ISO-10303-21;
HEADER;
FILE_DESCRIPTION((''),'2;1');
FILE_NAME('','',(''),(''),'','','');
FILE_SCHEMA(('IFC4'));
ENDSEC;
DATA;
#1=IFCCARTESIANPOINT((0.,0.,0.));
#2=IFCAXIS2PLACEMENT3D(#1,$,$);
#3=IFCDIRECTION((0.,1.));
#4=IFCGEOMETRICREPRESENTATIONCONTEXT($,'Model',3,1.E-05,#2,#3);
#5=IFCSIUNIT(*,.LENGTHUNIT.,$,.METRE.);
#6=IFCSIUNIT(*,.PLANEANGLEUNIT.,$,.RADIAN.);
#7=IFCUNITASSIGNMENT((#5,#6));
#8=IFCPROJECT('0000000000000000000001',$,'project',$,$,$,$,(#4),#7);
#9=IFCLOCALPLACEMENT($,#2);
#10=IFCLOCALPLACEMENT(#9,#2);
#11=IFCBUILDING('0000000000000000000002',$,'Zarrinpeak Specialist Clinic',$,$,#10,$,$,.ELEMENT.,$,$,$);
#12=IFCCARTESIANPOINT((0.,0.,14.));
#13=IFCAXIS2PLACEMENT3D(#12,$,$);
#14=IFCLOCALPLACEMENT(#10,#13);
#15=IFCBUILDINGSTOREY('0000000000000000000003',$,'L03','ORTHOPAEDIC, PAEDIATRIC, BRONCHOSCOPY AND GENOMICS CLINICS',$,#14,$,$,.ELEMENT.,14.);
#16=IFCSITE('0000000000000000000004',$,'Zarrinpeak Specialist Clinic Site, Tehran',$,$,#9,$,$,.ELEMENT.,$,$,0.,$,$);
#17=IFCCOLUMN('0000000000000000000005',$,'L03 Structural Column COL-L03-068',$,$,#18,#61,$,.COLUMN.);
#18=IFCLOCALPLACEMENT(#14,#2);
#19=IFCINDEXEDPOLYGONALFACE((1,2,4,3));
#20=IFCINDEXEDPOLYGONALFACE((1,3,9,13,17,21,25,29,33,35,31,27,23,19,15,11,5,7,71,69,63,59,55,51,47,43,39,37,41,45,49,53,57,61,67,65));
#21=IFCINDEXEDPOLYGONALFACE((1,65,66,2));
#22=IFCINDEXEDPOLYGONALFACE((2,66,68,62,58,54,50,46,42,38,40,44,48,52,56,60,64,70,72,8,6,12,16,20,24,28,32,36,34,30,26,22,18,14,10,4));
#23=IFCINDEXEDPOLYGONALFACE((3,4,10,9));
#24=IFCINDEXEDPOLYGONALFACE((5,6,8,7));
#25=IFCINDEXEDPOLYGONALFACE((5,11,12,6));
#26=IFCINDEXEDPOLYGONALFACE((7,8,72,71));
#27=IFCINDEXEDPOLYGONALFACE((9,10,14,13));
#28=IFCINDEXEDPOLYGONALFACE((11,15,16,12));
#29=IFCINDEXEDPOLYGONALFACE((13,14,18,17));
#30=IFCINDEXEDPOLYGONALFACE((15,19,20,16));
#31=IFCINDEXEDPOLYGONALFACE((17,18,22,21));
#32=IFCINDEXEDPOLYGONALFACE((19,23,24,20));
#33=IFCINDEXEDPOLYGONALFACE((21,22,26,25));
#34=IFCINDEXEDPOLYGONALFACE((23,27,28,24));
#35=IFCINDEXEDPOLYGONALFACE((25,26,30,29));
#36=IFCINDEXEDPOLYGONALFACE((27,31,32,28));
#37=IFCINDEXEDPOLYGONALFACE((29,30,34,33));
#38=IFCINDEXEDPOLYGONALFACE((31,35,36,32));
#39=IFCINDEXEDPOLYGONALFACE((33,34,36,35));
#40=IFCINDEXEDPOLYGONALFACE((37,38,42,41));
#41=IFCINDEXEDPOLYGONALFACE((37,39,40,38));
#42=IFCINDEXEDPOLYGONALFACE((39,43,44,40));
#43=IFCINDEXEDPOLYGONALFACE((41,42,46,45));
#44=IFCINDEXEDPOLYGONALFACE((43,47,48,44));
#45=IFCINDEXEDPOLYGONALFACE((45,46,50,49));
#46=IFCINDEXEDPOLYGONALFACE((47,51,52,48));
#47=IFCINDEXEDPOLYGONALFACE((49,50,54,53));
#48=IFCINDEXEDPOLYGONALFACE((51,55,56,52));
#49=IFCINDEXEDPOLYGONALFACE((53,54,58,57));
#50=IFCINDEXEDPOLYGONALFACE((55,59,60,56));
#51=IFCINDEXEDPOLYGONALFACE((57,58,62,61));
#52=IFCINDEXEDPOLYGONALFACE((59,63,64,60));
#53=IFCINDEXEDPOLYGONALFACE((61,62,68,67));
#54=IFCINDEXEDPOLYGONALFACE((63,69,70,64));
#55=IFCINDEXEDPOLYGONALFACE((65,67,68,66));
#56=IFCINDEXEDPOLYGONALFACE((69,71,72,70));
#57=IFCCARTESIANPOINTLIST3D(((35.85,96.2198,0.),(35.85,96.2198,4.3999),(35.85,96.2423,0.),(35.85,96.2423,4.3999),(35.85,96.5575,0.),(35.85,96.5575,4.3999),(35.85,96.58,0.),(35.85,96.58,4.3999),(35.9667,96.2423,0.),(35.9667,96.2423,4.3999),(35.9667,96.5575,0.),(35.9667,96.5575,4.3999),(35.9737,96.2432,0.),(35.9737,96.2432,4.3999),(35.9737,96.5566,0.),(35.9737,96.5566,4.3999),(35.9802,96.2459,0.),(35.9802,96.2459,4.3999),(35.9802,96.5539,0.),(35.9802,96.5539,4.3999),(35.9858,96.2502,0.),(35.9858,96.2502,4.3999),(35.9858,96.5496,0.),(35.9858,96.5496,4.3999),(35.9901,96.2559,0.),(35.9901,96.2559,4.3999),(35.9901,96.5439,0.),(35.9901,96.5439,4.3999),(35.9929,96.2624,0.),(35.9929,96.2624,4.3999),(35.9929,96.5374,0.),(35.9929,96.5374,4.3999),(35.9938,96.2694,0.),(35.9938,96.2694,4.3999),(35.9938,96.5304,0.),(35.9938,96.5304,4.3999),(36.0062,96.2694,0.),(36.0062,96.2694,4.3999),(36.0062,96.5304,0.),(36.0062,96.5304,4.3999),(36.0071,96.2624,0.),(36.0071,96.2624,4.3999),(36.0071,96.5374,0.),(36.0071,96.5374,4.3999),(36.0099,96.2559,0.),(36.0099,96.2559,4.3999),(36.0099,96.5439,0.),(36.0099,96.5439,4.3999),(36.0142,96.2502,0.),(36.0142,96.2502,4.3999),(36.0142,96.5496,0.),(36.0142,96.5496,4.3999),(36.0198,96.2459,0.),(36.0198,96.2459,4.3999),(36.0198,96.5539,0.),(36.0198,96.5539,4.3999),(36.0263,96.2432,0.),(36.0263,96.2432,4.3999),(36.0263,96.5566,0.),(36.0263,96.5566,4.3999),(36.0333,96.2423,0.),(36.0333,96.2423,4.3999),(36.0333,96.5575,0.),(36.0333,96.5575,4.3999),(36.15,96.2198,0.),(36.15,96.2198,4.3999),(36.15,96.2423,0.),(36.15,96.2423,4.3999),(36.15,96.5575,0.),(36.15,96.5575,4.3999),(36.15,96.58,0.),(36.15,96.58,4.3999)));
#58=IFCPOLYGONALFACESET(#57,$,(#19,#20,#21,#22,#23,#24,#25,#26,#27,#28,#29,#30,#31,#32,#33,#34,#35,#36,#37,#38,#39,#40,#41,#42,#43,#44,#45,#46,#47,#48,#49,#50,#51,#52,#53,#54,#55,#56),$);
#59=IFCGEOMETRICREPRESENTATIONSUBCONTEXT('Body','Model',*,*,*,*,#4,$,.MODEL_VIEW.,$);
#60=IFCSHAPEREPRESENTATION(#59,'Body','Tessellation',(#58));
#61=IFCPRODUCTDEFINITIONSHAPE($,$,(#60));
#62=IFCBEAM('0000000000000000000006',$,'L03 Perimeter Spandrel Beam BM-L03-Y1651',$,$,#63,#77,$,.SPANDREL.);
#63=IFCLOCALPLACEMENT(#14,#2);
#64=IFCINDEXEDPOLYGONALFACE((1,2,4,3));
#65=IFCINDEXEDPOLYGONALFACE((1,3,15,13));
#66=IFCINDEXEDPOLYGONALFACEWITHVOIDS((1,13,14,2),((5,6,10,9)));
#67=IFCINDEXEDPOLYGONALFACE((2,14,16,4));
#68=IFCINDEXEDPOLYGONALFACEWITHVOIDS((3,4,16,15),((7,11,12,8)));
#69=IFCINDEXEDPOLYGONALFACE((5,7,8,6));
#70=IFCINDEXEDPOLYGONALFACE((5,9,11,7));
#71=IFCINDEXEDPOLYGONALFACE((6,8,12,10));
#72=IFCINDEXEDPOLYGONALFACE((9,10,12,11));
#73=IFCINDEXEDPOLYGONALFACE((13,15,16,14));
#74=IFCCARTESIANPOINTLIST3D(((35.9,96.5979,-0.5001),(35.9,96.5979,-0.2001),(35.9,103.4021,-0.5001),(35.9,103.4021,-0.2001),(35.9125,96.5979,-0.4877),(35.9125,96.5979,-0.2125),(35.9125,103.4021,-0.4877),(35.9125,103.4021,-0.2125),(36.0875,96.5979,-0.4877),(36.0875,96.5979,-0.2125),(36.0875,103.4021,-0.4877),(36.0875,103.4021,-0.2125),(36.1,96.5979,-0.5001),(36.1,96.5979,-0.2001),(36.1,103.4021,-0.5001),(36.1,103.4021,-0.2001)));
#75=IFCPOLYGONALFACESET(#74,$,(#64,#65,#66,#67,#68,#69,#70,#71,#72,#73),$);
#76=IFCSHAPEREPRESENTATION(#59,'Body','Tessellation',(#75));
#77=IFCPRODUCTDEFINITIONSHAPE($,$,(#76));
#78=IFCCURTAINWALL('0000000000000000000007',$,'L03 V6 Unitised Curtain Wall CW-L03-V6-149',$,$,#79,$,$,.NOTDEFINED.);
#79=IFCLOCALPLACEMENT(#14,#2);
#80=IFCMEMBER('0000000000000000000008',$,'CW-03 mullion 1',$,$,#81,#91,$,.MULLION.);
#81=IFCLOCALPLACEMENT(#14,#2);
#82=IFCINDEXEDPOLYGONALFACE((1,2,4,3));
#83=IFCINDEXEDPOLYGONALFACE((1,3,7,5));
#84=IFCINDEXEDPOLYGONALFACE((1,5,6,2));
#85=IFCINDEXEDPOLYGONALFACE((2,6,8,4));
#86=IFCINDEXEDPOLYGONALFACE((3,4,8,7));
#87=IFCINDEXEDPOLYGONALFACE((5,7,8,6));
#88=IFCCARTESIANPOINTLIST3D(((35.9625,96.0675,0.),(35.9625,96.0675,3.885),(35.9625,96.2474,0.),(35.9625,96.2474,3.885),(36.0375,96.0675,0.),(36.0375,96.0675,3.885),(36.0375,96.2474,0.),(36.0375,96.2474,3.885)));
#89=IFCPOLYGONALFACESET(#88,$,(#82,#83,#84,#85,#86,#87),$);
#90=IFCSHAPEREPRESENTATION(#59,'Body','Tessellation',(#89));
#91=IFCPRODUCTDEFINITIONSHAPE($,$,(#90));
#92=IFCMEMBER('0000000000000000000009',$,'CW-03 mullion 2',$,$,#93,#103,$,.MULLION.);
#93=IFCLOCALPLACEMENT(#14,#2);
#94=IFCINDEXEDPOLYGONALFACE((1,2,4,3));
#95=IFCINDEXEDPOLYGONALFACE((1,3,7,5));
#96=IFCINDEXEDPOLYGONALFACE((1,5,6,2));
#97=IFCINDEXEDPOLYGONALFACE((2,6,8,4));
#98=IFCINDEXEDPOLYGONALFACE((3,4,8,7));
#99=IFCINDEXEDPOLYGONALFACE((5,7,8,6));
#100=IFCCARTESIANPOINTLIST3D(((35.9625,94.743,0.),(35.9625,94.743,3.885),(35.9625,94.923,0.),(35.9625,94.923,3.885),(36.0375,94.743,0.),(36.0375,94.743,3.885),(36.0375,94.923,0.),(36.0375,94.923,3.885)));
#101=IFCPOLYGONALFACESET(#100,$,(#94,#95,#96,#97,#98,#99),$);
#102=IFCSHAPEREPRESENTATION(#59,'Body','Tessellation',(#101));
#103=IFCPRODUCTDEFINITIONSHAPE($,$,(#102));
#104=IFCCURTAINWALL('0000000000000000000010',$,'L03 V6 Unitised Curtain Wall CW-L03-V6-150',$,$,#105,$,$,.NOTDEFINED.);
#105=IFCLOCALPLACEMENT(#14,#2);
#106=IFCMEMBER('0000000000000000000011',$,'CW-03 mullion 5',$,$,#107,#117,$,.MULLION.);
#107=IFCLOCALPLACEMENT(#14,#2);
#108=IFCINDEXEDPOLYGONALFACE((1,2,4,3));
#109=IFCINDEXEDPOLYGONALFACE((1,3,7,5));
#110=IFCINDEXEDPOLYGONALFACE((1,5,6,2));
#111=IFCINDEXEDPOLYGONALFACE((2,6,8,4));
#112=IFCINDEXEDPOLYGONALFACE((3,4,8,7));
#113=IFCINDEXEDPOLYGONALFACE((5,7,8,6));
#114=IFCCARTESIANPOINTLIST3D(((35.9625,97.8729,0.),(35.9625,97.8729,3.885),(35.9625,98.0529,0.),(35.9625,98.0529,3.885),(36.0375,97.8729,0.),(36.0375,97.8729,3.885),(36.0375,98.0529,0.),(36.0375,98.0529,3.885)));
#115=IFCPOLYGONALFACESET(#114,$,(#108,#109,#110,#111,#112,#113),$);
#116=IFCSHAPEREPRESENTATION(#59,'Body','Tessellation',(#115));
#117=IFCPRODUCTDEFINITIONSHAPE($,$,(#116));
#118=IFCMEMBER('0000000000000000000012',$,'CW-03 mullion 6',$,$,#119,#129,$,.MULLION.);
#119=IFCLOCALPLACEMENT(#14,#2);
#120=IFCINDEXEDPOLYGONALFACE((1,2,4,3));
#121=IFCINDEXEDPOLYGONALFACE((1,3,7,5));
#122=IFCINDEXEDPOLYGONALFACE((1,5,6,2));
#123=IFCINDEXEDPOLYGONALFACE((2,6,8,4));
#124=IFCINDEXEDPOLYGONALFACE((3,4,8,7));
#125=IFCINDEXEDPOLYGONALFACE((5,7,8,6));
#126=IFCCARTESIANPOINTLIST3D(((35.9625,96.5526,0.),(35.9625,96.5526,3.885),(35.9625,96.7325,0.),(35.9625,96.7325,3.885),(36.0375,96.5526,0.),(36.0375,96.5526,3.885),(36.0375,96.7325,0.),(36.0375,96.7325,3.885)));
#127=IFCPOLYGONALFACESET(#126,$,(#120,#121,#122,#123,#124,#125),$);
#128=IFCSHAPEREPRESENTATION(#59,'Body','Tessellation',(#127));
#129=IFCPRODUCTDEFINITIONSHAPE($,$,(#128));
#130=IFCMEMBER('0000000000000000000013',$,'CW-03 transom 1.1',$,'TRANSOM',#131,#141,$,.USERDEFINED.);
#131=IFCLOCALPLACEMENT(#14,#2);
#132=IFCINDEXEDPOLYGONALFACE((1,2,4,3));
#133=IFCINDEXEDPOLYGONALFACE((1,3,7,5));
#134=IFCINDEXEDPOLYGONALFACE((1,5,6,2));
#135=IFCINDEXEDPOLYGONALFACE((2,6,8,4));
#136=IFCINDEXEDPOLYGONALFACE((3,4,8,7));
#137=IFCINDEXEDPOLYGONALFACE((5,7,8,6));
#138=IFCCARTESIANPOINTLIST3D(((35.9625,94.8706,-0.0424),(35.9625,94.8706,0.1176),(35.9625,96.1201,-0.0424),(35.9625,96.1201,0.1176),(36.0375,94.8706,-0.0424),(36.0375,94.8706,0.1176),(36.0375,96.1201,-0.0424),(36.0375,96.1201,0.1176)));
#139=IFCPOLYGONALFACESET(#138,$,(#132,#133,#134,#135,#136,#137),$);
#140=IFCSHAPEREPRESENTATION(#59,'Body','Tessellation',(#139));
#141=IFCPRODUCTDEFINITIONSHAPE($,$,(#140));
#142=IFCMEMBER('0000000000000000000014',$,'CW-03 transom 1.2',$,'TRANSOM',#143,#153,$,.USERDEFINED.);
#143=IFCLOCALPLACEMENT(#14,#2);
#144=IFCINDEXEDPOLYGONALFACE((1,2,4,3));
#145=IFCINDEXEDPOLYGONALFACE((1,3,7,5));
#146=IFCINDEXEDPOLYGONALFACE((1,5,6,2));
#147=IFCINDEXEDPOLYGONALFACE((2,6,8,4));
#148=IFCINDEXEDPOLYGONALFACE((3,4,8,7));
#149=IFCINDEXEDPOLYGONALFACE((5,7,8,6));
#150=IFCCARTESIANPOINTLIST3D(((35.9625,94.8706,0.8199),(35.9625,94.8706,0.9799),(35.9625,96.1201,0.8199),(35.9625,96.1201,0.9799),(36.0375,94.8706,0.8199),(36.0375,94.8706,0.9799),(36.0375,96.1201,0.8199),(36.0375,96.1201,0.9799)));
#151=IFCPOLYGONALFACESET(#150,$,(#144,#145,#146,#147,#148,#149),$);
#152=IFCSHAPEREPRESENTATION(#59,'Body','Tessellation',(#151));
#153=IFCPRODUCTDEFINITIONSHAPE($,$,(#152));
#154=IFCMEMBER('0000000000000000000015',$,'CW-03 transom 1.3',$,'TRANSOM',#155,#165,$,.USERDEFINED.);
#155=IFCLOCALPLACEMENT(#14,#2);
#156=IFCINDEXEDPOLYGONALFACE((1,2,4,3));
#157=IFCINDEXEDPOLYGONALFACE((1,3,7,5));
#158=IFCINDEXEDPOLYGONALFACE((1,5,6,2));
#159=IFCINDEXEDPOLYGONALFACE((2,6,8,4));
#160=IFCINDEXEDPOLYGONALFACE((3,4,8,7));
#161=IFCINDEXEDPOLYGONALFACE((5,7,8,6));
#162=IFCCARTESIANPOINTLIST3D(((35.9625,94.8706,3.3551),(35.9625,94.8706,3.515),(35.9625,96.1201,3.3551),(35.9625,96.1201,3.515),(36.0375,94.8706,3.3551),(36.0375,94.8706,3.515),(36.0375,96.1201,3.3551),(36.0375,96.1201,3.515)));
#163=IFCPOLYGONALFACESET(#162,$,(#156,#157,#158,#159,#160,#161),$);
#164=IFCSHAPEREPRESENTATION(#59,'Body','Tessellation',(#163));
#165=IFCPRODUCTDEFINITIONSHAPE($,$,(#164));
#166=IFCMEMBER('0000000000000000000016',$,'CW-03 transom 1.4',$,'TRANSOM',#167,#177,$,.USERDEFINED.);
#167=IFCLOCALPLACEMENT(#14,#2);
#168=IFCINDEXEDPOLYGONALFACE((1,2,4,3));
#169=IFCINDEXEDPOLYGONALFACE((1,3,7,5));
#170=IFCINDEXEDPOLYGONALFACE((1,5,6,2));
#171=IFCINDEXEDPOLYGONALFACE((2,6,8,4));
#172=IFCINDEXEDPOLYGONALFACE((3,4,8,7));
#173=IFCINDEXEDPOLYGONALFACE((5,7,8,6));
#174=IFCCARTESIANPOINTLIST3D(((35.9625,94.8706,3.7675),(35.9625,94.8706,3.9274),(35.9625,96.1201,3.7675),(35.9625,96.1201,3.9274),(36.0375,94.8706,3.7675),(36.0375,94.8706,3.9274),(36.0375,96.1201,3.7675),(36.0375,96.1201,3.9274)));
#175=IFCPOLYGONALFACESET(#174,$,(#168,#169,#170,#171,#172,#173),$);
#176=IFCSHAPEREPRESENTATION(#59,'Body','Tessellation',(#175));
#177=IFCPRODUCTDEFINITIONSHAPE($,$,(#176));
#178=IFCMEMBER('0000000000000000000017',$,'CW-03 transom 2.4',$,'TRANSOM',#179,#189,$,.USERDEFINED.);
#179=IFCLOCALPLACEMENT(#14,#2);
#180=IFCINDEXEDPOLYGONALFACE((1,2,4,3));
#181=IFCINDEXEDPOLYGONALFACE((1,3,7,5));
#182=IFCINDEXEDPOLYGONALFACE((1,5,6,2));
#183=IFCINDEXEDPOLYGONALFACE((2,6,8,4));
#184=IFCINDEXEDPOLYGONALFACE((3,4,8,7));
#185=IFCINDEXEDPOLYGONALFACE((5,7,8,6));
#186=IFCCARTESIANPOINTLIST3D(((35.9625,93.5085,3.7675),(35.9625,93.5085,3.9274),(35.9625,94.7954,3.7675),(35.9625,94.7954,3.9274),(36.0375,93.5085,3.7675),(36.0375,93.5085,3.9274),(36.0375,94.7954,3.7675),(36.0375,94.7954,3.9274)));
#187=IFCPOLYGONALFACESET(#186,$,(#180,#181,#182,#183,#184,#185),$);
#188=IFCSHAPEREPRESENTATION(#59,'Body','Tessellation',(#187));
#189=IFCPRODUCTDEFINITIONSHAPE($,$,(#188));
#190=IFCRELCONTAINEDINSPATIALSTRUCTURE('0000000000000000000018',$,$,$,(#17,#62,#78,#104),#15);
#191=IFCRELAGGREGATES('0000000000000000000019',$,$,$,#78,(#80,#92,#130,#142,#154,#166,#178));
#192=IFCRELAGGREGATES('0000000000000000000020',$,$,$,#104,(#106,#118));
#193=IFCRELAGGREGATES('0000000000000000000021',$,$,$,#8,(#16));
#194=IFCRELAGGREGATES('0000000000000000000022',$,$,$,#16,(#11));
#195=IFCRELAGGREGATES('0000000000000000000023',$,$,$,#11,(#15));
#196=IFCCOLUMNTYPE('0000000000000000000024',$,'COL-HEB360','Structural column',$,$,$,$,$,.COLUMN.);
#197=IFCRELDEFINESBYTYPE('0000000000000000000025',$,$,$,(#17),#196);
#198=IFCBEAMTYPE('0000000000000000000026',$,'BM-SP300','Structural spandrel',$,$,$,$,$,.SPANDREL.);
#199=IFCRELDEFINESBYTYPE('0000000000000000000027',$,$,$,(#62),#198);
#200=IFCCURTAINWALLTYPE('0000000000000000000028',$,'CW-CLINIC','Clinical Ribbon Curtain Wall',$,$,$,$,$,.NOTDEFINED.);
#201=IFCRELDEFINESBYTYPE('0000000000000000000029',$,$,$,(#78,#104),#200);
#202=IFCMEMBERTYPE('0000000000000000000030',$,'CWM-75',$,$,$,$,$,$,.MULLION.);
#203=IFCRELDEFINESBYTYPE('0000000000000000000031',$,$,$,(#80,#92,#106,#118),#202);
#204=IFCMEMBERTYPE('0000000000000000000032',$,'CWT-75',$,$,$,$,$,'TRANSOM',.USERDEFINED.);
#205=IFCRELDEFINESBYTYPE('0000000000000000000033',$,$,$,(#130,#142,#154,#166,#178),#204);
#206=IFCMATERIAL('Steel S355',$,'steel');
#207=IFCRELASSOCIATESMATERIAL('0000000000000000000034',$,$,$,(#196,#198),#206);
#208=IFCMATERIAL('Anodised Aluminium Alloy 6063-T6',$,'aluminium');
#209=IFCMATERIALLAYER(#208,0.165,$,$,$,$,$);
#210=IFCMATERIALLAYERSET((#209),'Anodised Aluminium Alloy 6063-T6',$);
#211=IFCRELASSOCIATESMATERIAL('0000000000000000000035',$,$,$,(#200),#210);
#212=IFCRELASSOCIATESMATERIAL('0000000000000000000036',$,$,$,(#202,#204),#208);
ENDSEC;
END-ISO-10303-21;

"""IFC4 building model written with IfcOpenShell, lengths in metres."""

from ifc_helpers import new_model, si_unit, direction, frame, origin, origin_2d, place, context, subcontext, project, spatial, rectangle, hollow_rectangle, i_section, extrude, material, layer, layer_set, material_profile, profile_set, type_object, element, aggregate, save


model = new_model("IFC4")

# Units and contexts
model_context = context("Model", 3, precision=1e-05, world=origin(), true_north=direction((0.0, 1.0)))
body_context = subcontext(model_context, "Body", "Model", "MODEL_VIEW")
ifc_project = project(units=[si_unit("LENGTHUNIT", "METRE"), si_unit("PLANEANGLEUNIT", "RADIAN")], contexts=[model_context])

# Site, building, storey
site_placement = place(None, origin())
site = spatial("IfcSite", under=ifc_project, at=site_placement, Name="Zarrinpeak Specialist Clinic Site, Tehran", CompositionType="ELEMENT", RefElevation=0.0)
building_placement = place(site_placement, origin())
building = spatial("IfcBuilding", under=site, at=building_placement, Name="Zarrinpeak Specialist Clinic", CompositionType="ELEMENT")
storey_placement = place(building_placement, frame((0.0, 0.0, 14.0)))
storey = spatial("IfcBuildingStorey", under=building, at=storey_placement, Name="L03", Description="ORTHOPAEDIC, PAEDIATRIC, BRONCHOSCOPY AND GENOMICS CLINICS", CompositionType="ELEMENT", Elevation=14.0)

# Column
ifc_material_1 = material(Name="Steel S355", Category="steel")
ifc_material_profile_1 = material_profile(ifc_material_1, i_section(OverallWidth=0.3, OverallDepth=0.3601, WebThickness=0.0125, FlangeThickness=0.0225, FilletRadius=0.0271, at=origin_2d()), Name="HEB 360")
ifc_profile_set_1 = profile_set([ifc_material_profile_1], Name="Steel S355")
column_type = type_object("IfcColumnType", Name="COL-HEB360", Description="Structural column", PredefinedType="COLUMN", material=ifc_profile_set_1)
column_placement = place(storey_placement, frame((36.0, 96.3999, 0.0), z_axis=(0.0, 0.0, 1.0), x_axis=(1.0, 0.0, 0.0)))
element("IfcColumn", 1, at=column_placement, inside=storey, type_object=column_type, Name="L03 Structural Column COL-L03-068", PredefinedType="COLUMN", context=body_context, shape_type="SweptSolid", body=[
    extrude(i_section(OverallWidth=0.3, OverallDepth=0.3601, WebThickness=0.0125, FlangeThickness=0.0225, FilletRadius=0.0271, at=origin_2d()), origin(), (0.0, 0.0, 1.0), 4.3999),
])

# Beam
ifc_material_profile_2 = material_profile(ifc_material_1, hollow_rectangle(XDim=0.2, YDim=0.3, WallThickness=0.0125, at=origin_2d()), Name="RHS 300x200x12.5")
ifc_profile_set_2 = profile_set([ifc_material_profile_2], Name="Steel S355")
beam_type = type_object("IfcBeamType", Name="BM-SP300", Description="Structural spandrel", PredefinedType="SPANDREL", material=ifc_profile_set_2)
beam_placement = place(storey_placement, frame((36.0, 96.5979, -0.3501), z_axis=(0.0, 1.0, 0.0), x_axis=(-1.0, 0.0, 0.0)))
element("IfcBeam", 2, at=beam_placement, inside=storey, type_object=beam_type, Name="L03 Perimeter Spandrel Beam BM-L03-Y1651", PredefinedType="SPANDREL", context=body_context, shape_type="SweptSolid", body=[
    extrude(hollow_rectangle(XDim=0.2, YDim=0.3, WallThickness=0.0125, at=origin_2d()), origin(), (0.0, 0.0, 1.0), 6.8042),
])

# Curtain walls, members
ifc_material_2 = material(Name="Anodised Aluminium Alloy 6063-T6", Category="aluminium")
ifc_layer_1 = layer(ifc_material_2, 0.165)
ifc_layer_set_1 = layer_set([ifc_layer_1], Name="Anodised Aluminium Alloy 6063-T6")
curtain_wall_type = type_object("IfcCurtainWallType", Name="CW-CLINIC", Description="Clinical Ribbon Curtain Wall", PredefinedType="NOTDEFINED", material=ifc_layer_set_1)
curtain_wall_1_placement = place(storey_placement, origin())
curtain_wall_1 = element("IfcCurtainWall", 3, at=curtain_wall_1_placement, inside=storey, type_object=curtain_wall_type, Name="L03 V6 Unitised Curtain Wall CW-L03-V6-149", PredefinedType="NOTDEFINED")
ifc_material_profile_3 = material_profile(ifc_material_2, rectangle(XDim=0.075, YDim=0.1799, at=origin_2d()), Name="ALU 75x180")
ifc_profile_set_3 = profile_set([ifc_material_profile_3], Name="Anodised Aluminium Alloy 6063-T6")
member_type_1 = type_object("IfcMemberType", Name="CWM-75", PredefinedType="MULLION", material=ifc_profile_set_3)
member_1_placement = place(storey_placement, frame((36.0, 96.1575, 0.0), z_axis=(0.0, 0.0, 1.0), x_axis=(1.0, 0.0, 0.0)))
member_1 = element("IfcMember", 4, at=member_1_placement, type_object=member_type_1, Name="CW-03 mullion 1", PredefinedType="MULLION", context=body_context, shape_type="SweptSolid", body=[
    extrude(rectangle(XDim=0.075, YDim=0.1799, at=origin_2d()), origin(), (0.0, 0.0, 1.0), 3.885),
])
member_2_placement = place(storey_placement, frame((36.0, 94.833, 0.0), z_axis=(0.0, 0.0, 1.0), x_axis=(1.0, 0.0, 0.0)))
member_2 = element("IfcMember", 5, at=member_2_placement, type_object=member_type_1, Name="CW-03 mullion 2", PredefinedType="MULLION", context=body_context, shape_type="SweptSolid", body=[
    extrude(rectangle(XDim=0.075, YDim=0.1799, at=origin_2d()), origin(), (0.0, 0.0, 1.0), 3.885),
])
curtain_wall_2_placement = place(storey_placement, origin())
curtain_wall_2 = element("IfcCurtainWall", 6, at=curtain_wall_2_placement, inside=storey, type_object=curtain_wall_type, Name="L03 V6 Unitised Curtain Wall CW-L03-V6-150", PredefinedType="NOTDEFINED")
member_3_placement = place(storey_placement, frame((36.0, 97.9629, 0.0), z_axis=(0.0, 0.0, 1.0), x_axis=(1.0, 0.0, 0.0)))
member_3 = element("IfcMember", 7, at=member_3_placement, type_object=member_type_1, Name="CW-03 mullion 5", PredefinedType="MULLION", context=body_context, shape_type="SweptSolid", body=[
    extrude(rectangle(XDim=0.075, YDim=0.1799, at=origin_2d()), origin(), (0.0, 0.0, 1.0), 3.885),
])
member_4_placement = place(storey_placement, frame((36.0, 96.6426, 0.0), z_axis=(0.0, 0.0, 1.0), x_axis=(1.0, 0.0, 0.0)))
member_4 = element("IfcMember", 8, at=member_4_placement, type_object=member_type_1, Name="CW-03 mullion 6", PredefinedType="MULLION", context=body_context, shape_type="SweptSolid", body=[
    extrude(rectangle(XDim=0.075, YDim=0.1799, at=origin_2d()), origin(), (0.0, 0.0, 1.0), 3.885),
])

# Members
ifc_material_profile_4 = material_profile(ifc_material_2, rectangle(XDim=0.075, YDim=0.1599, at=origin_2d()), Name="ALU 75x160")
ifc_profile_set_4 = profile_set([ifc_material_profile_4], Name="Anodised Aluminium Alloy 6063-T6")
member_type_2 = type_object("IfcMemberType", Name="CWT-75", ElementType="TRANSOM", PredefinedType="USERDEFINED", material=ifc_profile_set_4)
member_5_placement = place(storey_placement, frame((36.0, 96.1201, 0.0376), z_axis=(0.0, -1.0, 0.0), x_axis=(1.0, 0.0, 0.0)))
member_5 = element("IfcMember", 9, at=member_5_placement, type_object=member_type_2, Name="CW-03 transom 1.1", ObjectType="TRANSOM", PredefinedType="USERDEFINED", context=body_context, shape_type="SweptSolid", body=[
    extrude(rectangle(XDim=0.075, YDim=0.1599, at=origin_2d()), origin(), (0.0, 0.0, 1.0), 1.2495),
])
member_6_placement = place(storey_placement, frame((36.0, 96.1201, 0.8999), z_axis=(0.0, -1.0, 0.0), x_axis=(1.0, 0.0, 0.0)))
member_6 = element("IfcMember", 10, at=member_6_placement, type_object=member_type_2, Name="CW-03 transom 1.2", ObjectType="TRANSOM", PredefinedType="USERDEFINED", context=body_context, shape_type="SweptSolid", body=[
    extrude(rectangle(XDim=0.075, YDim=0.1599, at=origin_2d()), origin(), (0.0, 0.0, 1.0), 1.2495),
])
member_7_placement = place(storey_placement, frame((36.0, 96.1201, 3.4351), z_axis=(0.0, -1.0, 0.0), x_axis=(1.0, 0.0, 0.0)))
member_7 = element("IfcMember", 11, at=member_7_placement, type_object=member_type_2, Name="CW-03 transom 1.3", ObjectType="TRANSOM", PredefinedType="USERDEFINED", context=body_context, shape_type="SweptSolid", body=[
    extrude(rectangle(XDim=0.075, YDim=0.1599, at=origin_2d()), origin(), (0.0, 0.0, 1.0), 1.2495),
])
member_8_placement = place(storey_placement, frame((36.0, 96.1201, 3.8474), z_axis=(0.0, -1.0, 0.0), x_axis=(1.0, 0.0, 0.0)))
member_8 = element("IfcMember", 12, at=member_8_placement, type_object=member_type_2, Name="CW-03 transom 1.4", ObjectType="TRANSOM", PredefinedType="USERDEFINED", context=body_context, shape_type="SweptSolid", body=[
    extrude(rectangle(XDim=0.075, YDim=0.1599, at=origin_2d()), origin(), (0.0, 0.0, 1.0), 1.2495),
])
member_9_placement = place(storey_placement, frame((36.0, 94.7954, 3.8474), z_axis=(0.0, -1.0, 0.0), x_axis=(1.0, 0.0, 0.0)))
member_9 = element("IfcMember", 13, at=member_9_placement, type_object=member_type_2, Name="CW-03 transom 2.4", ObjectType="TRANSOM", PredefinedType="USERDEFINED", context=body_context, shape_type="SweptSolid", body=[
    extrude(rectangle(XDim=0.075, YDim=0.1599, at=origin_2d()), origin(), (0.0, 0.0, 1.0), 1.2869),
])

aggregate(curtain_wall_1, [member_1, member_2, member_5, member_6, member_7, member_8, member_9])
aggregate(curtain_wall_2, [member_3, member_4])

save(model, "model.ifc")
